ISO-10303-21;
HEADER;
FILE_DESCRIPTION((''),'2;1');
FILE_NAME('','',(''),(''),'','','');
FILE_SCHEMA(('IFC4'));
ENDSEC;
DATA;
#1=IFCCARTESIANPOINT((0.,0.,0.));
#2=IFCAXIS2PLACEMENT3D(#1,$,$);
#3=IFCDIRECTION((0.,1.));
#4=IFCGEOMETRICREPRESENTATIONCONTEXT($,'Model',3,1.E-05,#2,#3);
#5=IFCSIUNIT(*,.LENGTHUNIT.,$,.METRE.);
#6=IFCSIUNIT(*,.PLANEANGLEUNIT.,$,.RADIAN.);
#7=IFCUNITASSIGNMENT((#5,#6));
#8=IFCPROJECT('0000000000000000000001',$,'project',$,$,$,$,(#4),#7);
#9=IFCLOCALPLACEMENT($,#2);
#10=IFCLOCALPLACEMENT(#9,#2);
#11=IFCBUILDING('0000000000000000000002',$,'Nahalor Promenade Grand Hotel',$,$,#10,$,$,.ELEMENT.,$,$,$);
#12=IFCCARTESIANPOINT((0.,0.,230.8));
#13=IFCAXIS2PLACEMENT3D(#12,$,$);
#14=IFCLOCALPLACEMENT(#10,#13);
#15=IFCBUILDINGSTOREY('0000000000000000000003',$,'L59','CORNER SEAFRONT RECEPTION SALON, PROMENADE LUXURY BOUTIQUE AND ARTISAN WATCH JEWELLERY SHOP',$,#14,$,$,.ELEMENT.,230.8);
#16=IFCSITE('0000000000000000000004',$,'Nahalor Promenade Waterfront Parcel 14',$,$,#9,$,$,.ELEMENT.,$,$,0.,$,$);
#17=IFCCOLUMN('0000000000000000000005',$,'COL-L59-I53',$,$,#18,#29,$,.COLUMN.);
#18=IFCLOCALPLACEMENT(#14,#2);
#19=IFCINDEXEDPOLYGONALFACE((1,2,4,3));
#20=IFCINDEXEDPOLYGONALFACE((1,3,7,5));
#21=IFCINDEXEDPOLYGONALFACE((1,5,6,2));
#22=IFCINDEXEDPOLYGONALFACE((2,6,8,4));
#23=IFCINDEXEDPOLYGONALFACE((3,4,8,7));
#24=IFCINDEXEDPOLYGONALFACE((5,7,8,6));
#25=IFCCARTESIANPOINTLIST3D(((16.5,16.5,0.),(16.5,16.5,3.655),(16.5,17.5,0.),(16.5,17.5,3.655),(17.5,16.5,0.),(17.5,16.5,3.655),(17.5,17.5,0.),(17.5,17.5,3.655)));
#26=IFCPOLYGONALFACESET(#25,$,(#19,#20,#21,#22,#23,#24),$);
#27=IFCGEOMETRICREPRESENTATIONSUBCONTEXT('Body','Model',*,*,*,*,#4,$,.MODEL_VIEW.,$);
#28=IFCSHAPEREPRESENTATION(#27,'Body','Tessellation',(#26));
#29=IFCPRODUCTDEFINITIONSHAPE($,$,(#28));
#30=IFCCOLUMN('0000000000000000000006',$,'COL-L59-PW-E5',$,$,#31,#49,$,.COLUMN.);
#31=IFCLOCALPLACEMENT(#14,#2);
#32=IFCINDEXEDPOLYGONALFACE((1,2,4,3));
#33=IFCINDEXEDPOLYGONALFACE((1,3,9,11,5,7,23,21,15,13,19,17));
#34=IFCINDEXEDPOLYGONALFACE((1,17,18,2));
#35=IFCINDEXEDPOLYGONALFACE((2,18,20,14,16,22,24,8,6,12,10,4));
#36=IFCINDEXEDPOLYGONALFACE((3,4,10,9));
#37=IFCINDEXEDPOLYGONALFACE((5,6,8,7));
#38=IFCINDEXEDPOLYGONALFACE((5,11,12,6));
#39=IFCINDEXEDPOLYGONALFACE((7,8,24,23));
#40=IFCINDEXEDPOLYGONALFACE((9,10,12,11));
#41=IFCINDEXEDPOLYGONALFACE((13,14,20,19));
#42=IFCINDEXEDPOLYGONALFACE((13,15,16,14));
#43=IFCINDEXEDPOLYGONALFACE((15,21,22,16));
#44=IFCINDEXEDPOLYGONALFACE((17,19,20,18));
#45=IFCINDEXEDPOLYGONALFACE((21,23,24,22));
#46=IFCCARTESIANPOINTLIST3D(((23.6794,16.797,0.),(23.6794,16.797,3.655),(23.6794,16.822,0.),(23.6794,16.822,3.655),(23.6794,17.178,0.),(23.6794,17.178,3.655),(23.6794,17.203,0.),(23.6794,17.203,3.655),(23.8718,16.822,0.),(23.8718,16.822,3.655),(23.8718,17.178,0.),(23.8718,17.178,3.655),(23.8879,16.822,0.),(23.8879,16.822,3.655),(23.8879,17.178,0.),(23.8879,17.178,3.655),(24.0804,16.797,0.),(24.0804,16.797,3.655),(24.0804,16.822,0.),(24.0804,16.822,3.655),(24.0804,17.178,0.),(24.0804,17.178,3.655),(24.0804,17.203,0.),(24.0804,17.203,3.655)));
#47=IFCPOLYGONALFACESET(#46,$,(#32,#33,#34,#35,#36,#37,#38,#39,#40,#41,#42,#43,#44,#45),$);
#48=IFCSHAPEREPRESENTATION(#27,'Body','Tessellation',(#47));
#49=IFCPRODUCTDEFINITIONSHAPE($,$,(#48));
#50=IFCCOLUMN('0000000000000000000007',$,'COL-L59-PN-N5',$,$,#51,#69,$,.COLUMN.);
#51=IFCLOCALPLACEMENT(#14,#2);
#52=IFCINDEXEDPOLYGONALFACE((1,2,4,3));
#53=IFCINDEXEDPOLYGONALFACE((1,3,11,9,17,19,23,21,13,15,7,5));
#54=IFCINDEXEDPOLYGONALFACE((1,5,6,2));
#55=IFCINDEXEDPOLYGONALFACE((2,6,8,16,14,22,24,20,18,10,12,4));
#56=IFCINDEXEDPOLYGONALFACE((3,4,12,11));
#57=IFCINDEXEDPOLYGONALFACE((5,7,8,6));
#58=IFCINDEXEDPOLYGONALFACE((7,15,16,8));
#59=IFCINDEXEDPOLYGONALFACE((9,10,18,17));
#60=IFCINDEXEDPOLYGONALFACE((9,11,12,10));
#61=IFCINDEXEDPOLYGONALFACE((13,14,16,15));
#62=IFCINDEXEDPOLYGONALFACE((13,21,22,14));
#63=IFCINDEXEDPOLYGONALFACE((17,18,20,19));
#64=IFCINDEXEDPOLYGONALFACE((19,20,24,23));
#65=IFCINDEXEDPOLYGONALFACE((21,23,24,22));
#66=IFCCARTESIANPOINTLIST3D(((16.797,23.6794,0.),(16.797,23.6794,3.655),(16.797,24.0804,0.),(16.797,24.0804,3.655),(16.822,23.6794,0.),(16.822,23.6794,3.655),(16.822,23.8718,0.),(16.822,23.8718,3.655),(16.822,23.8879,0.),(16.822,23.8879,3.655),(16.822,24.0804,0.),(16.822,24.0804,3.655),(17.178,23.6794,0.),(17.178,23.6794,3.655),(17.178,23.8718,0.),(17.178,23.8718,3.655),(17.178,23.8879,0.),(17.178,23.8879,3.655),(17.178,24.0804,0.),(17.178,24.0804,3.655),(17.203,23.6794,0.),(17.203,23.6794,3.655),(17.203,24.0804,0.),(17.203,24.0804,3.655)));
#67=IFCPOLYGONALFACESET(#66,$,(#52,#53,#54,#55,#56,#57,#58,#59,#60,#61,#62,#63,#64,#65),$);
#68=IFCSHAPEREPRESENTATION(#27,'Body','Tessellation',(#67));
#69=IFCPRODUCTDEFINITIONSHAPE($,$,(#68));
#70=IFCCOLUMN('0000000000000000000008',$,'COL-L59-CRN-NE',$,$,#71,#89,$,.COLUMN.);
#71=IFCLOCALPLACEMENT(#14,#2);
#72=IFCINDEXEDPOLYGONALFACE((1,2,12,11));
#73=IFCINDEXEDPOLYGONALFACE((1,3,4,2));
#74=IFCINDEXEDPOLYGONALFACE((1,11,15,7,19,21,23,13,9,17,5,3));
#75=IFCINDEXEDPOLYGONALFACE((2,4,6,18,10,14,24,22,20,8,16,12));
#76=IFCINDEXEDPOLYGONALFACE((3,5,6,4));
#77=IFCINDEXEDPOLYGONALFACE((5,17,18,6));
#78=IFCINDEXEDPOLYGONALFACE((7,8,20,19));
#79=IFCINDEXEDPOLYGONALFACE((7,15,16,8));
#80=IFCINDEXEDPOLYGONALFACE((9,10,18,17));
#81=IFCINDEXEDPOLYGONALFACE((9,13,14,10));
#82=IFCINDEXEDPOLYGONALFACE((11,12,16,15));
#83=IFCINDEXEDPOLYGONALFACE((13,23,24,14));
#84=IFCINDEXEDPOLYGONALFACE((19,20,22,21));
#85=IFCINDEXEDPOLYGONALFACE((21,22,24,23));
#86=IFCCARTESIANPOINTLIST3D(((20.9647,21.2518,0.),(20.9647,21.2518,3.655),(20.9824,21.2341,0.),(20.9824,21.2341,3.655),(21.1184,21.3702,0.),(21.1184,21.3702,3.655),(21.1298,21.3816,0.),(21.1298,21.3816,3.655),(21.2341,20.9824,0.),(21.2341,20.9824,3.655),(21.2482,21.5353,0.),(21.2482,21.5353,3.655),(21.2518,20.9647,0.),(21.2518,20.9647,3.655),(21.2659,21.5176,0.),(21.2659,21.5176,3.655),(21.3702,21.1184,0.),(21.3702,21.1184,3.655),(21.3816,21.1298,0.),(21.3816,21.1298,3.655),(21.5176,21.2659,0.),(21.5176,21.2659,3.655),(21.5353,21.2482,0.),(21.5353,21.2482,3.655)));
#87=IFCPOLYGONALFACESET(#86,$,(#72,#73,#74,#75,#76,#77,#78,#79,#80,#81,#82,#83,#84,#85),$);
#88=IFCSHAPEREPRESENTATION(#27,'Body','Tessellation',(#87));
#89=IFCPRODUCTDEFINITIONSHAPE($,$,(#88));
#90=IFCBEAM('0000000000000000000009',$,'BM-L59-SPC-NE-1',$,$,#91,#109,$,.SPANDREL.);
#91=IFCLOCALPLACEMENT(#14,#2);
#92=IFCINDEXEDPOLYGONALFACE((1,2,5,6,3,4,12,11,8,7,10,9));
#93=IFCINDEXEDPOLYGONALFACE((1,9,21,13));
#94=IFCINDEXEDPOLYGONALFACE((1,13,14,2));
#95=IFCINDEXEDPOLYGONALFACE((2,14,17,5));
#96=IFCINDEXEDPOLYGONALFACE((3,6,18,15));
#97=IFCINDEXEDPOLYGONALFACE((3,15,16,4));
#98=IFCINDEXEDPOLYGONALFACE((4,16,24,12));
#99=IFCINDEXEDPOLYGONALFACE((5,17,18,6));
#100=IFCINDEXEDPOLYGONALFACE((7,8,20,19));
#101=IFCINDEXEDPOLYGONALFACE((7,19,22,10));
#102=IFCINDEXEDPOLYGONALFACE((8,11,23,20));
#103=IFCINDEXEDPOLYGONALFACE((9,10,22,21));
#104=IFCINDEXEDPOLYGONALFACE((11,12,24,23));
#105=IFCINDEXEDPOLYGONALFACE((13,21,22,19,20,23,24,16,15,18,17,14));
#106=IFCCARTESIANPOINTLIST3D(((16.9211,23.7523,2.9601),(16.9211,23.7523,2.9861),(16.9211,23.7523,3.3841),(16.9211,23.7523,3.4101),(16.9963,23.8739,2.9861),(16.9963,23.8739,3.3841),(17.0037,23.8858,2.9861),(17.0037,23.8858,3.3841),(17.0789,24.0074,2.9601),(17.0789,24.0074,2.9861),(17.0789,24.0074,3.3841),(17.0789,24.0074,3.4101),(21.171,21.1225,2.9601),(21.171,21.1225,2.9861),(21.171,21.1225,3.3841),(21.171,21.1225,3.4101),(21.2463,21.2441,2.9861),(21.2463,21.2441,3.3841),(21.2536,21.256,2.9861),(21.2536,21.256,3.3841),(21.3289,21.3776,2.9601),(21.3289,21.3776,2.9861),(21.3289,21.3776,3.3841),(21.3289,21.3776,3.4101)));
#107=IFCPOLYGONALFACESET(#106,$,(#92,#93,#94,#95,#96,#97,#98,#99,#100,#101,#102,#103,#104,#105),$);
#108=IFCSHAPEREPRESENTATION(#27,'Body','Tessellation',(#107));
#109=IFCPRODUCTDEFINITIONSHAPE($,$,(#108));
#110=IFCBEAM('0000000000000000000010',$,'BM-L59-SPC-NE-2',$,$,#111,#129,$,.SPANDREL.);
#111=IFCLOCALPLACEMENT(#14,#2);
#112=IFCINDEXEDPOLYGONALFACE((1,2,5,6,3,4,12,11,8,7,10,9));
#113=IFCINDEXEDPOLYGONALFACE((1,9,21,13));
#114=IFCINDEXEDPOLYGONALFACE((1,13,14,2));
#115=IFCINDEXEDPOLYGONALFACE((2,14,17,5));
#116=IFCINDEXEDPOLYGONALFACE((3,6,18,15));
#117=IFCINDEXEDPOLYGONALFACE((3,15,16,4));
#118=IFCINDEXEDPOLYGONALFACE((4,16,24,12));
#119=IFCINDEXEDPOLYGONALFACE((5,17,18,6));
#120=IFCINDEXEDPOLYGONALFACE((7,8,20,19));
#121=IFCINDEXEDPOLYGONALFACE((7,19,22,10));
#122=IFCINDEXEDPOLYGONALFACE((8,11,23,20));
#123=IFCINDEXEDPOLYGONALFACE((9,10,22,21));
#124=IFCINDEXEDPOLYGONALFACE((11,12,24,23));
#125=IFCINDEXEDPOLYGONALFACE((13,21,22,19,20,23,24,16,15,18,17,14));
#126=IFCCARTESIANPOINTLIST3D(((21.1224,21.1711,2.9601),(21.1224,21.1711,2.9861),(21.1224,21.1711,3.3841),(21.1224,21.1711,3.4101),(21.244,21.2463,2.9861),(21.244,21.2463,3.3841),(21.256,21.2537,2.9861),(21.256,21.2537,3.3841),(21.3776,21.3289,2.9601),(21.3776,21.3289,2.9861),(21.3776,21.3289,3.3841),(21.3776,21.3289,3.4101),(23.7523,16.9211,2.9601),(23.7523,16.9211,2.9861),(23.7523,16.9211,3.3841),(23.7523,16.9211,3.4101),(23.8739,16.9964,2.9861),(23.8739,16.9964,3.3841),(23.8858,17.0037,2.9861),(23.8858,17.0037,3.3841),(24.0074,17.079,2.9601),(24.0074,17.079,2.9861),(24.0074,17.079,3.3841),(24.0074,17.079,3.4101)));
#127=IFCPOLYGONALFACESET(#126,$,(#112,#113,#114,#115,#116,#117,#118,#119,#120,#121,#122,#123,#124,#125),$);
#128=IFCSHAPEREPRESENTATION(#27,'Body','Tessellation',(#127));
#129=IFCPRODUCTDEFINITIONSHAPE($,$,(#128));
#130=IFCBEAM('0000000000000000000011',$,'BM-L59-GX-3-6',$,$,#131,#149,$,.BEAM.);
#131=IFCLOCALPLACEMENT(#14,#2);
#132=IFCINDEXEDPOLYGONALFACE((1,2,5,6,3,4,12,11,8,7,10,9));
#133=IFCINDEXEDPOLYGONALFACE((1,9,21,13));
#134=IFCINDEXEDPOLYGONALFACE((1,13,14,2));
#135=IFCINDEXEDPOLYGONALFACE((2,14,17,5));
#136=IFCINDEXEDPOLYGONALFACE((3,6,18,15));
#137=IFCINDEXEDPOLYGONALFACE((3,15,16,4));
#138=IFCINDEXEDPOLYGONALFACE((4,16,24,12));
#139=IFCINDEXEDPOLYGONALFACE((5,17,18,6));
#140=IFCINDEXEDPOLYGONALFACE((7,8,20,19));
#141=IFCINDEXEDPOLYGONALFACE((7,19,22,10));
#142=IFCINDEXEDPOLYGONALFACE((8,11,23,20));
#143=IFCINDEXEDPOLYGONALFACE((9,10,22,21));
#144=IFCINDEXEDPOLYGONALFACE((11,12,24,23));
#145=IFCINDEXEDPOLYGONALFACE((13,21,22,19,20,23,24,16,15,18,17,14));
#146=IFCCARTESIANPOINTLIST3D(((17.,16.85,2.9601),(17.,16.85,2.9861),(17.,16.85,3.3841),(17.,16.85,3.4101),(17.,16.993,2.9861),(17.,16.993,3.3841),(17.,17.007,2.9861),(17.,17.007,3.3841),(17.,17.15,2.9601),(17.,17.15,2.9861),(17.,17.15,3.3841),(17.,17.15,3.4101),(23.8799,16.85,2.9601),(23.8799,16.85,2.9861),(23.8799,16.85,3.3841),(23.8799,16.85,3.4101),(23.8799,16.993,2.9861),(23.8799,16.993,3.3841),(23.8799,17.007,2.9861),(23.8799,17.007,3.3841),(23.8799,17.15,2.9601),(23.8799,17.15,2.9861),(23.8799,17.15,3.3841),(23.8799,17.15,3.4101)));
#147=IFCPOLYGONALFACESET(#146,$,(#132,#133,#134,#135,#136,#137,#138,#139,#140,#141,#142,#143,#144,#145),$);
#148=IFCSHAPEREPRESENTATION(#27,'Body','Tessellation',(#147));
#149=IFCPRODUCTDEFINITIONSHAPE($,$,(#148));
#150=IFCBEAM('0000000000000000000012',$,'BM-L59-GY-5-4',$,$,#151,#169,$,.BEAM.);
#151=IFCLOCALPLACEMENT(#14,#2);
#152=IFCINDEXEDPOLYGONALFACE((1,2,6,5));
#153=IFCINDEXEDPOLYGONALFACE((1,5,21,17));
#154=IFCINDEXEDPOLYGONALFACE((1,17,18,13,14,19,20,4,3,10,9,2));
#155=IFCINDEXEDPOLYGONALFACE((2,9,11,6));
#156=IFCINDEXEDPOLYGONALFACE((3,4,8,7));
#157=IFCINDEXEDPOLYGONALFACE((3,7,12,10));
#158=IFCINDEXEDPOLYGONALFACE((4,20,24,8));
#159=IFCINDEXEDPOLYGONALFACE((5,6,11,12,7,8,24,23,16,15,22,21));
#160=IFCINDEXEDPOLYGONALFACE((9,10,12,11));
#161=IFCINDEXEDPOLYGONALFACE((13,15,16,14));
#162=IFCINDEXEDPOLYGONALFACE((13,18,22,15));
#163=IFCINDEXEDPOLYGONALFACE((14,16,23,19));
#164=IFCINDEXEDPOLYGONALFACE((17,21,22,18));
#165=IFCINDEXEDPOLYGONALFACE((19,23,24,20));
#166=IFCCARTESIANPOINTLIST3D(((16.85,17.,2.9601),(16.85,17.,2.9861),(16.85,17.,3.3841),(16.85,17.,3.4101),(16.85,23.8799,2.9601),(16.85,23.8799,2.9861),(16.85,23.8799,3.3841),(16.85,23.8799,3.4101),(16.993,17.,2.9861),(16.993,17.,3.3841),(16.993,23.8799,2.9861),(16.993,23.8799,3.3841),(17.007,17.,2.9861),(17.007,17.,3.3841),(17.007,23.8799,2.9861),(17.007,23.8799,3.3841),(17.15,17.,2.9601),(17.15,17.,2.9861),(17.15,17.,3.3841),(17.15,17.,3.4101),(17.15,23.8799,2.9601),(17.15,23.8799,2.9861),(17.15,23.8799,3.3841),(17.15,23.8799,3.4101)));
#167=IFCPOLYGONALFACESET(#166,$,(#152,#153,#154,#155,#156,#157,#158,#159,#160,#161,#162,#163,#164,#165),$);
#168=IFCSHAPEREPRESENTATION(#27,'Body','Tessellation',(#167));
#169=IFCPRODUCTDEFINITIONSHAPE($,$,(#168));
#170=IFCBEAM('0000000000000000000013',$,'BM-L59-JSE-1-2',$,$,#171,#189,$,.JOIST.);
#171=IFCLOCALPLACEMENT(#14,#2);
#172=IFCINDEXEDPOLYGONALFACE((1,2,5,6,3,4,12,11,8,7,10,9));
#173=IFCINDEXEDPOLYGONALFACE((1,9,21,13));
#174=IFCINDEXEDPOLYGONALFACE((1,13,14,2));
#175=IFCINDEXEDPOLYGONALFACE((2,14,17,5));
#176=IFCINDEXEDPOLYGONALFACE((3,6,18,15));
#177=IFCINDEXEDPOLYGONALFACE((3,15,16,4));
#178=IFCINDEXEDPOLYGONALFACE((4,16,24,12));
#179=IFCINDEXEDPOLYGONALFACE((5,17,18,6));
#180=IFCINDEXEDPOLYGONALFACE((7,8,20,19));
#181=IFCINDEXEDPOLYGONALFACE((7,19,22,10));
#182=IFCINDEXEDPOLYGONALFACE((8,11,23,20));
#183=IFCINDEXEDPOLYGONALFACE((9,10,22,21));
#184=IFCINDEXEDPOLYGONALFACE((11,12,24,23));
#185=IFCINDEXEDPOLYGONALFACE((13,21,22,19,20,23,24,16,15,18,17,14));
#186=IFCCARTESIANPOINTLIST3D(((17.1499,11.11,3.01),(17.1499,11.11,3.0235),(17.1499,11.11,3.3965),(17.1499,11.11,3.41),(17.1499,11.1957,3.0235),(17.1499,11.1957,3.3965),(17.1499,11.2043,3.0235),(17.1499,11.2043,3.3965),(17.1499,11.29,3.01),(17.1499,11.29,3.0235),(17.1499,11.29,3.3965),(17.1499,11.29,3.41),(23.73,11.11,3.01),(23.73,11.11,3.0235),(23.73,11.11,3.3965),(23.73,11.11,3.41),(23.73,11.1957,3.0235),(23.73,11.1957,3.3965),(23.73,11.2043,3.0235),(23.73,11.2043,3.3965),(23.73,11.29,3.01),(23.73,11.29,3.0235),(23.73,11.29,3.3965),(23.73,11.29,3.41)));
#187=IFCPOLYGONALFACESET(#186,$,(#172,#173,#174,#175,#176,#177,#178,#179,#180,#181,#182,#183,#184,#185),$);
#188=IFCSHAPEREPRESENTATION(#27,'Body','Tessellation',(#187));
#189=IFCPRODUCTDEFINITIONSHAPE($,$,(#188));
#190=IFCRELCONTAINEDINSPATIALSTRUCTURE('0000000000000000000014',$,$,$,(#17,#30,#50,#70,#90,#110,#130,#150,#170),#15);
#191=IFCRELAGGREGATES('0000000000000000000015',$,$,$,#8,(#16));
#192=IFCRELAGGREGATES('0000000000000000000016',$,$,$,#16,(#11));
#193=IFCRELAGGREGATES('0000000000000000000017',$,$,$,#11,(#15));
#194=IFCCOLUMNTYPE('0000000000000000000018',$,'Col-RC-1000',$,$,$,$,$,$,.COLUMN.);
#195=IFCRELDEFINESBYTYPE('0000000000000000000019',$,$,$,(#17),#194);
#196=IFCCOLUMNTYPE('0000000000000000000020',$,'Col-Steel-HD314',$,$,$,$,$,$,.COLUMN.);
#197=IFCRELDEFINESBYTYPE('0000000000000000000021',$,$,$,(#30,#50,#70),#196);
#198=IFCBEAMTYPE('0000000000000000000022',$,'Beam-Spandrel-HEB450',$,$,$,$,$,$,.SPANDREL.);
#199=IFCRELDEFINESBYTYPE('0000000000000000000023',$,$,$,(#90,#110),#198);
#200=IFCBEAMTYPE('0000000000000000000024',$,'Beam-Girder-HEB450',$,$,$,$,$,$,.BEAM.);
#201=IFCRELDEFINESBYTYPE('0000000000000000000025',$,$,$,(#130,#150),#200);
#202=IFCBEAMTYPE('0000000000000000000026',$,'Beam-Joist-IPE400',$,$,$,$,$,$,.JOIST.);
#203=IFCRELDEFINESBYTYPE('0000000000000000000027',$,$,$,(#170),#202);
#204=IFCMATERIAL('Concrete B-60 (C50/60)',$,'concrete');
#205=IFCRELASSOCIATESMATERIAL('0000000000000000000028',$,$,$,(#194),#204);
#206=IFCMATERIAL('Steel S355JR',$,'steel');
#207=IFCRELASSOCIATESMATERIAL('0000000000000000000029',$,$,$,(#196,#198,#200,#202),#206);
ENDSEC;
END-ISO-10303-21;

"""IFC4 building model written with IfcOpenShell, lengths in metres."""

from ifc_helpers import new_model, si_unit, direction, frame, origin, origin_2d, place, context, subcontext, project, spatial, rectangle, i_section, extrude, source, transform, mapped, material, material_profile, profile_set, type_object, element, save


model = new_model("IFC4")

# Units and contexts
model_context = context("Model", 3, precision=1e-05, world=origin(), true_north=direction((0.0, 1.0)))
body_context = subcontext(model_context, "Body", "Model", "MODEL_VIEW")
ifc_project = project(units=[si_unit("LENGTHUNIT", "METRE"), si_unit("PLANEANGLEUNIT", "RADIAN")], contexts=[model_context])

# Site, building, storey
site_placement = place(None, origin())
site = spatial("IfcSite", under=ifc_project, at=site_placement, Name="Nahalor Promenade Waterfront Parcel 14", CompositionType="ELEMENT", RefElevation=0.0)
building_placement = place(site_placement, origin())
building = spatial("IfcBuilding", under=site, at=building_placement, Name="Nahalor Promenade Grand Hotel", CompositionType="ELEMENT")
storey_placement = place(building_placement, frame((0.0, 0.0, 230.8)))
storey = spatial("IfcBuildingStorey", under=building, at=storey_placement, Name="L59", Description="CORNER SEAFRONT RECEPTION SALON, PROMENADE LUXURY BOUTIQUE AND ARTISAN WATCH JEWELLERY SHOP", CompositionType="ELEMENT", Elevation=230.8)

# Columns
ifc_material_1 = material(Name="Concrete B-60 (C50/60)", Category="concrete")
ifc_material_profile_1 = material_profile(ifc_material_1, rectangle(XDim=1.0, YDim=1.0, at=origin_2d()), Name="RC 1000x1000")
ifc_profile_set_1 = profile_set([ifc_material_profile_1], Name="Concrete B-60 (C50/60)")
column_type_1 = type_object("IfcColumnType", Name="Col-RC-1000", PredefinedType="COLUMN", material=ifc_profile_set_1)
shared_shape_1 = source(origin(), body_context, "Body", "SweptSolid", [
    extrude(rectangle(XDim=1.0, YDim=1.0, at=origin_2d()), origin(), (0.0, 0.0, 1.0), 3.655),
])
column_placement = place(storey_placement, frame((17.0, 17.0, 0.0), z_axis=(0.0, 0.0, 1.0), x_axis=(1.0, 0.0, 0.0)))
element("IfcColumn", 1, at=column_placement, inside=storey, type_object=column_type_1, Name="COL-L59-I53", PredefinedType="COLUMN", context=body_context, shape_type="MappedRepresentation", body=[
    mapped(shared_shape_1, transform((0.0, 0.0, 0.0), scale=1.0)),
])
ifc_material_2 = material(Name="Steel S355JR", Category="steel")
ifc_material_profile_2 = material_profile(ifc_material_2, i_section(OverallWidth=0.401, OverallDepth=0.406, WebThickness=0.0161, FlangeThickness=0.025, at=origin_2d()), Name="HD 400x314")
ifc_profile_set_2 = profile_set([ifc_material_profile_2], Name="Steel S355JR")
column_type_2 = type_object("IfcColumnType", Name="Col-Steel-HD314", PredefinedType="COLUMN", material=ifc_profile_set_2)
shared_shape_2 = source(origin(), body_context, "Body", "SweptSolid", [
    extrude(i_section(OverallWidth=0.401, OverallDepth=0.406, WebThickness=0.0161, FlangeThickness=0.025, at=origin_2d()), origin(), (0.0, 0.0, 1.0), 3.655),
])
for number, where, z_axis, x_axis, name in (
    (2, (23.8799, 17.0, 0.0), (0.0, 0.0, 1.0), (1.0, 0.0, 0.0), "COL-L59-PW-E5"),
    (3, (17.0, 23.8799, 0.0), (0.0, 0.0, 1.0), (0.0, 1.0, 0.0), "COL-L59-PN-N5"),
    (4, (21.25, 21.25, 0.0), (0.0, 0.0, 1.0), (0.707107, 0.707107, 0.0), "COL-L59-CRN-NE"),
):
    element("IfcColumn", number, at=place(storey_placement, frame(where, z_axis=z_axis, x_axis=x_axis)), inside=storey, type_object=column_type_2, Name=name, PredefinedType="COLUMN", context=body_context, shape_type="MappedRepresentation", body=[
        mapped(shared_shape_2, transform((0.0, 0.0, 0.0), scale=1.0)),
    ])

# Beams
ifc_material_profile_3 = material_profile(ifc_material_2, i_section(OverallWidth=0.3, OverallDepth=0.45, WebThickness=0.014, FlangeThickness=0.026, at=origin_2d()), Name="HEB 450")
ifc_profile_set_3 = profile_set([ifc_material_profile_3], Name="Steel S355JR")
beam_type_1 = type_object("IfcBeamType", Name="Beam-Spandrel-HEB450", PredefinedType="SPANDREL", material=ifc_profile_set_3)
shared_shape_3 = source(origin(), body_context, "Body", "SweptSolid", [
    extrude(i_section(OverallWidth=0.3, OverallDepth=0.45, WebThickness=0.014, FlangeThickness=0.026, at=origin_2d()), origin(), (0.0, 0.0, 1.0), 4.9978),
])
for number, where, z_axis, x_axis, name in (
    (5, (17.0, 23.8799, 3.1851), (0.850361, -0.5262, 0.0), (0.5262, 0.850361, 0.0), "BM-L59-SPC-NE-1"),
    (6, (21.25, 21.25, 3.1851), (0.5262, -0.850361, 0.0), (0.850361, 0.5262, 0.0), "BM-L59-SPC-NE-2"),
):
    element("IfcBeam", number, at=place(storey_placement, frame(where, z_axis=z_axis, x_axis=x_axis)), inside=storey, type_object=beam_type_1, Name=name, PredefinedType="SPANDREL", context=body_context, shape_type="MappedRepresentation", body=[
        mapped(shared_shape_3, transform((0.0, 0.0, 0.0), scale=1.0)),
    ])
ifc_material_profile_4 = material_profile(ifc_material_2, i_section(OverallWidth=0.3, OverallDepth=0.45, WebThickness=0.014, FlangeThickness=0.026, at=origin_2d()), Name="HEB 450")
ifc_profile_set_4 = profile_set([ifc_material_profile_4], Name="Steel S355JR")
beam_type_2 = type_object("IfcBeamType", Name="Beam-Girder-HEB450", PredefinedType="BEAM", material=ifc_profile_set_4)
shared_shape_4 = source(origin(), body_context, "Body", "SweptSolid", [
    extrude(i_section(OverallWidth=0.3, OverallDepth=0.45, WebThickness=0.014, FlangeThickness=0.026, at=origin_2d()), origin(), (0.0, 0.0, 1.0), 6.8799),
])
for number, where, z_axis, x_axis, name in (
    (7, (17.0, 17.0, 3.1851), (1.0, 0.0, 0.0), (0.0, 1.0, 0.0), "BM-L59-GX-3-6"),
    (8, (17.0, 17.0, 3.1851), (0.0, 1.0, 0.0), (-1.0, 0.0, 0.0), "BM-L59-GY-5-4"),
):
    element("IfcBeam", number, at=place(storey_placement, frame(where, z_axis=z_axis, x_axis=x_axis)), inside=storey, type_object=beam_type_2, Name=name, PredefinedType="BEAM", context=body_context, shape_type="MappedRepresentation", body=[
        mapped(shared_shape_4, transform((0.0, 0.0, 0.0), scale=1.0)),
    ])
ifc_material_profile_5 = material_profile(ifc_material_2, i_section(OverallWidth=0.18, OverallDepth=0.4, WebThickness=0.0086, FlangeThickness=0.0135, at=origin_2d()), Name="IPE 400")
ifc_profile_set_5 = profile_set([ifc_material_profile_5], Name="Steel S355JR")
beam_type_3 = type_object("IfcBeamType", Name="Beam-Joist-IPE400", PredefinedType="JOIST", material=ifc_profile_set_5)
shared_shape_5 = source(origin(), body_context, "Body", "SweptSolid", [
    extrude(i_section(OverallWidth=0.18, OverallDepth=0.4, WebThickness=0.0086, FlangeThickness=0.0135, at=origin_2d()), origin(), (0.0, 0.0, 1.0), 6.5801),
])
beam_placement = place(storey_placement, frame((17.1499, 11.2, 3.21), z_axis=(1.0, 0.0, 0.0), x_axis=(0.0, 1.0, 0.0)))
element("IfcBeam", 9, at=beam_placement, inside=storey, type_object=beam_type_3, Name="BM-L59-JSE-1-2", PredefinedType="JOIST", context=body_context, shape_type="MappedRepresentation", body=[
    mapped(shared_shape_5, transform((0.0, 0.0, 0.0), scale=1.0)),
])

save(model, "model.ifc")
